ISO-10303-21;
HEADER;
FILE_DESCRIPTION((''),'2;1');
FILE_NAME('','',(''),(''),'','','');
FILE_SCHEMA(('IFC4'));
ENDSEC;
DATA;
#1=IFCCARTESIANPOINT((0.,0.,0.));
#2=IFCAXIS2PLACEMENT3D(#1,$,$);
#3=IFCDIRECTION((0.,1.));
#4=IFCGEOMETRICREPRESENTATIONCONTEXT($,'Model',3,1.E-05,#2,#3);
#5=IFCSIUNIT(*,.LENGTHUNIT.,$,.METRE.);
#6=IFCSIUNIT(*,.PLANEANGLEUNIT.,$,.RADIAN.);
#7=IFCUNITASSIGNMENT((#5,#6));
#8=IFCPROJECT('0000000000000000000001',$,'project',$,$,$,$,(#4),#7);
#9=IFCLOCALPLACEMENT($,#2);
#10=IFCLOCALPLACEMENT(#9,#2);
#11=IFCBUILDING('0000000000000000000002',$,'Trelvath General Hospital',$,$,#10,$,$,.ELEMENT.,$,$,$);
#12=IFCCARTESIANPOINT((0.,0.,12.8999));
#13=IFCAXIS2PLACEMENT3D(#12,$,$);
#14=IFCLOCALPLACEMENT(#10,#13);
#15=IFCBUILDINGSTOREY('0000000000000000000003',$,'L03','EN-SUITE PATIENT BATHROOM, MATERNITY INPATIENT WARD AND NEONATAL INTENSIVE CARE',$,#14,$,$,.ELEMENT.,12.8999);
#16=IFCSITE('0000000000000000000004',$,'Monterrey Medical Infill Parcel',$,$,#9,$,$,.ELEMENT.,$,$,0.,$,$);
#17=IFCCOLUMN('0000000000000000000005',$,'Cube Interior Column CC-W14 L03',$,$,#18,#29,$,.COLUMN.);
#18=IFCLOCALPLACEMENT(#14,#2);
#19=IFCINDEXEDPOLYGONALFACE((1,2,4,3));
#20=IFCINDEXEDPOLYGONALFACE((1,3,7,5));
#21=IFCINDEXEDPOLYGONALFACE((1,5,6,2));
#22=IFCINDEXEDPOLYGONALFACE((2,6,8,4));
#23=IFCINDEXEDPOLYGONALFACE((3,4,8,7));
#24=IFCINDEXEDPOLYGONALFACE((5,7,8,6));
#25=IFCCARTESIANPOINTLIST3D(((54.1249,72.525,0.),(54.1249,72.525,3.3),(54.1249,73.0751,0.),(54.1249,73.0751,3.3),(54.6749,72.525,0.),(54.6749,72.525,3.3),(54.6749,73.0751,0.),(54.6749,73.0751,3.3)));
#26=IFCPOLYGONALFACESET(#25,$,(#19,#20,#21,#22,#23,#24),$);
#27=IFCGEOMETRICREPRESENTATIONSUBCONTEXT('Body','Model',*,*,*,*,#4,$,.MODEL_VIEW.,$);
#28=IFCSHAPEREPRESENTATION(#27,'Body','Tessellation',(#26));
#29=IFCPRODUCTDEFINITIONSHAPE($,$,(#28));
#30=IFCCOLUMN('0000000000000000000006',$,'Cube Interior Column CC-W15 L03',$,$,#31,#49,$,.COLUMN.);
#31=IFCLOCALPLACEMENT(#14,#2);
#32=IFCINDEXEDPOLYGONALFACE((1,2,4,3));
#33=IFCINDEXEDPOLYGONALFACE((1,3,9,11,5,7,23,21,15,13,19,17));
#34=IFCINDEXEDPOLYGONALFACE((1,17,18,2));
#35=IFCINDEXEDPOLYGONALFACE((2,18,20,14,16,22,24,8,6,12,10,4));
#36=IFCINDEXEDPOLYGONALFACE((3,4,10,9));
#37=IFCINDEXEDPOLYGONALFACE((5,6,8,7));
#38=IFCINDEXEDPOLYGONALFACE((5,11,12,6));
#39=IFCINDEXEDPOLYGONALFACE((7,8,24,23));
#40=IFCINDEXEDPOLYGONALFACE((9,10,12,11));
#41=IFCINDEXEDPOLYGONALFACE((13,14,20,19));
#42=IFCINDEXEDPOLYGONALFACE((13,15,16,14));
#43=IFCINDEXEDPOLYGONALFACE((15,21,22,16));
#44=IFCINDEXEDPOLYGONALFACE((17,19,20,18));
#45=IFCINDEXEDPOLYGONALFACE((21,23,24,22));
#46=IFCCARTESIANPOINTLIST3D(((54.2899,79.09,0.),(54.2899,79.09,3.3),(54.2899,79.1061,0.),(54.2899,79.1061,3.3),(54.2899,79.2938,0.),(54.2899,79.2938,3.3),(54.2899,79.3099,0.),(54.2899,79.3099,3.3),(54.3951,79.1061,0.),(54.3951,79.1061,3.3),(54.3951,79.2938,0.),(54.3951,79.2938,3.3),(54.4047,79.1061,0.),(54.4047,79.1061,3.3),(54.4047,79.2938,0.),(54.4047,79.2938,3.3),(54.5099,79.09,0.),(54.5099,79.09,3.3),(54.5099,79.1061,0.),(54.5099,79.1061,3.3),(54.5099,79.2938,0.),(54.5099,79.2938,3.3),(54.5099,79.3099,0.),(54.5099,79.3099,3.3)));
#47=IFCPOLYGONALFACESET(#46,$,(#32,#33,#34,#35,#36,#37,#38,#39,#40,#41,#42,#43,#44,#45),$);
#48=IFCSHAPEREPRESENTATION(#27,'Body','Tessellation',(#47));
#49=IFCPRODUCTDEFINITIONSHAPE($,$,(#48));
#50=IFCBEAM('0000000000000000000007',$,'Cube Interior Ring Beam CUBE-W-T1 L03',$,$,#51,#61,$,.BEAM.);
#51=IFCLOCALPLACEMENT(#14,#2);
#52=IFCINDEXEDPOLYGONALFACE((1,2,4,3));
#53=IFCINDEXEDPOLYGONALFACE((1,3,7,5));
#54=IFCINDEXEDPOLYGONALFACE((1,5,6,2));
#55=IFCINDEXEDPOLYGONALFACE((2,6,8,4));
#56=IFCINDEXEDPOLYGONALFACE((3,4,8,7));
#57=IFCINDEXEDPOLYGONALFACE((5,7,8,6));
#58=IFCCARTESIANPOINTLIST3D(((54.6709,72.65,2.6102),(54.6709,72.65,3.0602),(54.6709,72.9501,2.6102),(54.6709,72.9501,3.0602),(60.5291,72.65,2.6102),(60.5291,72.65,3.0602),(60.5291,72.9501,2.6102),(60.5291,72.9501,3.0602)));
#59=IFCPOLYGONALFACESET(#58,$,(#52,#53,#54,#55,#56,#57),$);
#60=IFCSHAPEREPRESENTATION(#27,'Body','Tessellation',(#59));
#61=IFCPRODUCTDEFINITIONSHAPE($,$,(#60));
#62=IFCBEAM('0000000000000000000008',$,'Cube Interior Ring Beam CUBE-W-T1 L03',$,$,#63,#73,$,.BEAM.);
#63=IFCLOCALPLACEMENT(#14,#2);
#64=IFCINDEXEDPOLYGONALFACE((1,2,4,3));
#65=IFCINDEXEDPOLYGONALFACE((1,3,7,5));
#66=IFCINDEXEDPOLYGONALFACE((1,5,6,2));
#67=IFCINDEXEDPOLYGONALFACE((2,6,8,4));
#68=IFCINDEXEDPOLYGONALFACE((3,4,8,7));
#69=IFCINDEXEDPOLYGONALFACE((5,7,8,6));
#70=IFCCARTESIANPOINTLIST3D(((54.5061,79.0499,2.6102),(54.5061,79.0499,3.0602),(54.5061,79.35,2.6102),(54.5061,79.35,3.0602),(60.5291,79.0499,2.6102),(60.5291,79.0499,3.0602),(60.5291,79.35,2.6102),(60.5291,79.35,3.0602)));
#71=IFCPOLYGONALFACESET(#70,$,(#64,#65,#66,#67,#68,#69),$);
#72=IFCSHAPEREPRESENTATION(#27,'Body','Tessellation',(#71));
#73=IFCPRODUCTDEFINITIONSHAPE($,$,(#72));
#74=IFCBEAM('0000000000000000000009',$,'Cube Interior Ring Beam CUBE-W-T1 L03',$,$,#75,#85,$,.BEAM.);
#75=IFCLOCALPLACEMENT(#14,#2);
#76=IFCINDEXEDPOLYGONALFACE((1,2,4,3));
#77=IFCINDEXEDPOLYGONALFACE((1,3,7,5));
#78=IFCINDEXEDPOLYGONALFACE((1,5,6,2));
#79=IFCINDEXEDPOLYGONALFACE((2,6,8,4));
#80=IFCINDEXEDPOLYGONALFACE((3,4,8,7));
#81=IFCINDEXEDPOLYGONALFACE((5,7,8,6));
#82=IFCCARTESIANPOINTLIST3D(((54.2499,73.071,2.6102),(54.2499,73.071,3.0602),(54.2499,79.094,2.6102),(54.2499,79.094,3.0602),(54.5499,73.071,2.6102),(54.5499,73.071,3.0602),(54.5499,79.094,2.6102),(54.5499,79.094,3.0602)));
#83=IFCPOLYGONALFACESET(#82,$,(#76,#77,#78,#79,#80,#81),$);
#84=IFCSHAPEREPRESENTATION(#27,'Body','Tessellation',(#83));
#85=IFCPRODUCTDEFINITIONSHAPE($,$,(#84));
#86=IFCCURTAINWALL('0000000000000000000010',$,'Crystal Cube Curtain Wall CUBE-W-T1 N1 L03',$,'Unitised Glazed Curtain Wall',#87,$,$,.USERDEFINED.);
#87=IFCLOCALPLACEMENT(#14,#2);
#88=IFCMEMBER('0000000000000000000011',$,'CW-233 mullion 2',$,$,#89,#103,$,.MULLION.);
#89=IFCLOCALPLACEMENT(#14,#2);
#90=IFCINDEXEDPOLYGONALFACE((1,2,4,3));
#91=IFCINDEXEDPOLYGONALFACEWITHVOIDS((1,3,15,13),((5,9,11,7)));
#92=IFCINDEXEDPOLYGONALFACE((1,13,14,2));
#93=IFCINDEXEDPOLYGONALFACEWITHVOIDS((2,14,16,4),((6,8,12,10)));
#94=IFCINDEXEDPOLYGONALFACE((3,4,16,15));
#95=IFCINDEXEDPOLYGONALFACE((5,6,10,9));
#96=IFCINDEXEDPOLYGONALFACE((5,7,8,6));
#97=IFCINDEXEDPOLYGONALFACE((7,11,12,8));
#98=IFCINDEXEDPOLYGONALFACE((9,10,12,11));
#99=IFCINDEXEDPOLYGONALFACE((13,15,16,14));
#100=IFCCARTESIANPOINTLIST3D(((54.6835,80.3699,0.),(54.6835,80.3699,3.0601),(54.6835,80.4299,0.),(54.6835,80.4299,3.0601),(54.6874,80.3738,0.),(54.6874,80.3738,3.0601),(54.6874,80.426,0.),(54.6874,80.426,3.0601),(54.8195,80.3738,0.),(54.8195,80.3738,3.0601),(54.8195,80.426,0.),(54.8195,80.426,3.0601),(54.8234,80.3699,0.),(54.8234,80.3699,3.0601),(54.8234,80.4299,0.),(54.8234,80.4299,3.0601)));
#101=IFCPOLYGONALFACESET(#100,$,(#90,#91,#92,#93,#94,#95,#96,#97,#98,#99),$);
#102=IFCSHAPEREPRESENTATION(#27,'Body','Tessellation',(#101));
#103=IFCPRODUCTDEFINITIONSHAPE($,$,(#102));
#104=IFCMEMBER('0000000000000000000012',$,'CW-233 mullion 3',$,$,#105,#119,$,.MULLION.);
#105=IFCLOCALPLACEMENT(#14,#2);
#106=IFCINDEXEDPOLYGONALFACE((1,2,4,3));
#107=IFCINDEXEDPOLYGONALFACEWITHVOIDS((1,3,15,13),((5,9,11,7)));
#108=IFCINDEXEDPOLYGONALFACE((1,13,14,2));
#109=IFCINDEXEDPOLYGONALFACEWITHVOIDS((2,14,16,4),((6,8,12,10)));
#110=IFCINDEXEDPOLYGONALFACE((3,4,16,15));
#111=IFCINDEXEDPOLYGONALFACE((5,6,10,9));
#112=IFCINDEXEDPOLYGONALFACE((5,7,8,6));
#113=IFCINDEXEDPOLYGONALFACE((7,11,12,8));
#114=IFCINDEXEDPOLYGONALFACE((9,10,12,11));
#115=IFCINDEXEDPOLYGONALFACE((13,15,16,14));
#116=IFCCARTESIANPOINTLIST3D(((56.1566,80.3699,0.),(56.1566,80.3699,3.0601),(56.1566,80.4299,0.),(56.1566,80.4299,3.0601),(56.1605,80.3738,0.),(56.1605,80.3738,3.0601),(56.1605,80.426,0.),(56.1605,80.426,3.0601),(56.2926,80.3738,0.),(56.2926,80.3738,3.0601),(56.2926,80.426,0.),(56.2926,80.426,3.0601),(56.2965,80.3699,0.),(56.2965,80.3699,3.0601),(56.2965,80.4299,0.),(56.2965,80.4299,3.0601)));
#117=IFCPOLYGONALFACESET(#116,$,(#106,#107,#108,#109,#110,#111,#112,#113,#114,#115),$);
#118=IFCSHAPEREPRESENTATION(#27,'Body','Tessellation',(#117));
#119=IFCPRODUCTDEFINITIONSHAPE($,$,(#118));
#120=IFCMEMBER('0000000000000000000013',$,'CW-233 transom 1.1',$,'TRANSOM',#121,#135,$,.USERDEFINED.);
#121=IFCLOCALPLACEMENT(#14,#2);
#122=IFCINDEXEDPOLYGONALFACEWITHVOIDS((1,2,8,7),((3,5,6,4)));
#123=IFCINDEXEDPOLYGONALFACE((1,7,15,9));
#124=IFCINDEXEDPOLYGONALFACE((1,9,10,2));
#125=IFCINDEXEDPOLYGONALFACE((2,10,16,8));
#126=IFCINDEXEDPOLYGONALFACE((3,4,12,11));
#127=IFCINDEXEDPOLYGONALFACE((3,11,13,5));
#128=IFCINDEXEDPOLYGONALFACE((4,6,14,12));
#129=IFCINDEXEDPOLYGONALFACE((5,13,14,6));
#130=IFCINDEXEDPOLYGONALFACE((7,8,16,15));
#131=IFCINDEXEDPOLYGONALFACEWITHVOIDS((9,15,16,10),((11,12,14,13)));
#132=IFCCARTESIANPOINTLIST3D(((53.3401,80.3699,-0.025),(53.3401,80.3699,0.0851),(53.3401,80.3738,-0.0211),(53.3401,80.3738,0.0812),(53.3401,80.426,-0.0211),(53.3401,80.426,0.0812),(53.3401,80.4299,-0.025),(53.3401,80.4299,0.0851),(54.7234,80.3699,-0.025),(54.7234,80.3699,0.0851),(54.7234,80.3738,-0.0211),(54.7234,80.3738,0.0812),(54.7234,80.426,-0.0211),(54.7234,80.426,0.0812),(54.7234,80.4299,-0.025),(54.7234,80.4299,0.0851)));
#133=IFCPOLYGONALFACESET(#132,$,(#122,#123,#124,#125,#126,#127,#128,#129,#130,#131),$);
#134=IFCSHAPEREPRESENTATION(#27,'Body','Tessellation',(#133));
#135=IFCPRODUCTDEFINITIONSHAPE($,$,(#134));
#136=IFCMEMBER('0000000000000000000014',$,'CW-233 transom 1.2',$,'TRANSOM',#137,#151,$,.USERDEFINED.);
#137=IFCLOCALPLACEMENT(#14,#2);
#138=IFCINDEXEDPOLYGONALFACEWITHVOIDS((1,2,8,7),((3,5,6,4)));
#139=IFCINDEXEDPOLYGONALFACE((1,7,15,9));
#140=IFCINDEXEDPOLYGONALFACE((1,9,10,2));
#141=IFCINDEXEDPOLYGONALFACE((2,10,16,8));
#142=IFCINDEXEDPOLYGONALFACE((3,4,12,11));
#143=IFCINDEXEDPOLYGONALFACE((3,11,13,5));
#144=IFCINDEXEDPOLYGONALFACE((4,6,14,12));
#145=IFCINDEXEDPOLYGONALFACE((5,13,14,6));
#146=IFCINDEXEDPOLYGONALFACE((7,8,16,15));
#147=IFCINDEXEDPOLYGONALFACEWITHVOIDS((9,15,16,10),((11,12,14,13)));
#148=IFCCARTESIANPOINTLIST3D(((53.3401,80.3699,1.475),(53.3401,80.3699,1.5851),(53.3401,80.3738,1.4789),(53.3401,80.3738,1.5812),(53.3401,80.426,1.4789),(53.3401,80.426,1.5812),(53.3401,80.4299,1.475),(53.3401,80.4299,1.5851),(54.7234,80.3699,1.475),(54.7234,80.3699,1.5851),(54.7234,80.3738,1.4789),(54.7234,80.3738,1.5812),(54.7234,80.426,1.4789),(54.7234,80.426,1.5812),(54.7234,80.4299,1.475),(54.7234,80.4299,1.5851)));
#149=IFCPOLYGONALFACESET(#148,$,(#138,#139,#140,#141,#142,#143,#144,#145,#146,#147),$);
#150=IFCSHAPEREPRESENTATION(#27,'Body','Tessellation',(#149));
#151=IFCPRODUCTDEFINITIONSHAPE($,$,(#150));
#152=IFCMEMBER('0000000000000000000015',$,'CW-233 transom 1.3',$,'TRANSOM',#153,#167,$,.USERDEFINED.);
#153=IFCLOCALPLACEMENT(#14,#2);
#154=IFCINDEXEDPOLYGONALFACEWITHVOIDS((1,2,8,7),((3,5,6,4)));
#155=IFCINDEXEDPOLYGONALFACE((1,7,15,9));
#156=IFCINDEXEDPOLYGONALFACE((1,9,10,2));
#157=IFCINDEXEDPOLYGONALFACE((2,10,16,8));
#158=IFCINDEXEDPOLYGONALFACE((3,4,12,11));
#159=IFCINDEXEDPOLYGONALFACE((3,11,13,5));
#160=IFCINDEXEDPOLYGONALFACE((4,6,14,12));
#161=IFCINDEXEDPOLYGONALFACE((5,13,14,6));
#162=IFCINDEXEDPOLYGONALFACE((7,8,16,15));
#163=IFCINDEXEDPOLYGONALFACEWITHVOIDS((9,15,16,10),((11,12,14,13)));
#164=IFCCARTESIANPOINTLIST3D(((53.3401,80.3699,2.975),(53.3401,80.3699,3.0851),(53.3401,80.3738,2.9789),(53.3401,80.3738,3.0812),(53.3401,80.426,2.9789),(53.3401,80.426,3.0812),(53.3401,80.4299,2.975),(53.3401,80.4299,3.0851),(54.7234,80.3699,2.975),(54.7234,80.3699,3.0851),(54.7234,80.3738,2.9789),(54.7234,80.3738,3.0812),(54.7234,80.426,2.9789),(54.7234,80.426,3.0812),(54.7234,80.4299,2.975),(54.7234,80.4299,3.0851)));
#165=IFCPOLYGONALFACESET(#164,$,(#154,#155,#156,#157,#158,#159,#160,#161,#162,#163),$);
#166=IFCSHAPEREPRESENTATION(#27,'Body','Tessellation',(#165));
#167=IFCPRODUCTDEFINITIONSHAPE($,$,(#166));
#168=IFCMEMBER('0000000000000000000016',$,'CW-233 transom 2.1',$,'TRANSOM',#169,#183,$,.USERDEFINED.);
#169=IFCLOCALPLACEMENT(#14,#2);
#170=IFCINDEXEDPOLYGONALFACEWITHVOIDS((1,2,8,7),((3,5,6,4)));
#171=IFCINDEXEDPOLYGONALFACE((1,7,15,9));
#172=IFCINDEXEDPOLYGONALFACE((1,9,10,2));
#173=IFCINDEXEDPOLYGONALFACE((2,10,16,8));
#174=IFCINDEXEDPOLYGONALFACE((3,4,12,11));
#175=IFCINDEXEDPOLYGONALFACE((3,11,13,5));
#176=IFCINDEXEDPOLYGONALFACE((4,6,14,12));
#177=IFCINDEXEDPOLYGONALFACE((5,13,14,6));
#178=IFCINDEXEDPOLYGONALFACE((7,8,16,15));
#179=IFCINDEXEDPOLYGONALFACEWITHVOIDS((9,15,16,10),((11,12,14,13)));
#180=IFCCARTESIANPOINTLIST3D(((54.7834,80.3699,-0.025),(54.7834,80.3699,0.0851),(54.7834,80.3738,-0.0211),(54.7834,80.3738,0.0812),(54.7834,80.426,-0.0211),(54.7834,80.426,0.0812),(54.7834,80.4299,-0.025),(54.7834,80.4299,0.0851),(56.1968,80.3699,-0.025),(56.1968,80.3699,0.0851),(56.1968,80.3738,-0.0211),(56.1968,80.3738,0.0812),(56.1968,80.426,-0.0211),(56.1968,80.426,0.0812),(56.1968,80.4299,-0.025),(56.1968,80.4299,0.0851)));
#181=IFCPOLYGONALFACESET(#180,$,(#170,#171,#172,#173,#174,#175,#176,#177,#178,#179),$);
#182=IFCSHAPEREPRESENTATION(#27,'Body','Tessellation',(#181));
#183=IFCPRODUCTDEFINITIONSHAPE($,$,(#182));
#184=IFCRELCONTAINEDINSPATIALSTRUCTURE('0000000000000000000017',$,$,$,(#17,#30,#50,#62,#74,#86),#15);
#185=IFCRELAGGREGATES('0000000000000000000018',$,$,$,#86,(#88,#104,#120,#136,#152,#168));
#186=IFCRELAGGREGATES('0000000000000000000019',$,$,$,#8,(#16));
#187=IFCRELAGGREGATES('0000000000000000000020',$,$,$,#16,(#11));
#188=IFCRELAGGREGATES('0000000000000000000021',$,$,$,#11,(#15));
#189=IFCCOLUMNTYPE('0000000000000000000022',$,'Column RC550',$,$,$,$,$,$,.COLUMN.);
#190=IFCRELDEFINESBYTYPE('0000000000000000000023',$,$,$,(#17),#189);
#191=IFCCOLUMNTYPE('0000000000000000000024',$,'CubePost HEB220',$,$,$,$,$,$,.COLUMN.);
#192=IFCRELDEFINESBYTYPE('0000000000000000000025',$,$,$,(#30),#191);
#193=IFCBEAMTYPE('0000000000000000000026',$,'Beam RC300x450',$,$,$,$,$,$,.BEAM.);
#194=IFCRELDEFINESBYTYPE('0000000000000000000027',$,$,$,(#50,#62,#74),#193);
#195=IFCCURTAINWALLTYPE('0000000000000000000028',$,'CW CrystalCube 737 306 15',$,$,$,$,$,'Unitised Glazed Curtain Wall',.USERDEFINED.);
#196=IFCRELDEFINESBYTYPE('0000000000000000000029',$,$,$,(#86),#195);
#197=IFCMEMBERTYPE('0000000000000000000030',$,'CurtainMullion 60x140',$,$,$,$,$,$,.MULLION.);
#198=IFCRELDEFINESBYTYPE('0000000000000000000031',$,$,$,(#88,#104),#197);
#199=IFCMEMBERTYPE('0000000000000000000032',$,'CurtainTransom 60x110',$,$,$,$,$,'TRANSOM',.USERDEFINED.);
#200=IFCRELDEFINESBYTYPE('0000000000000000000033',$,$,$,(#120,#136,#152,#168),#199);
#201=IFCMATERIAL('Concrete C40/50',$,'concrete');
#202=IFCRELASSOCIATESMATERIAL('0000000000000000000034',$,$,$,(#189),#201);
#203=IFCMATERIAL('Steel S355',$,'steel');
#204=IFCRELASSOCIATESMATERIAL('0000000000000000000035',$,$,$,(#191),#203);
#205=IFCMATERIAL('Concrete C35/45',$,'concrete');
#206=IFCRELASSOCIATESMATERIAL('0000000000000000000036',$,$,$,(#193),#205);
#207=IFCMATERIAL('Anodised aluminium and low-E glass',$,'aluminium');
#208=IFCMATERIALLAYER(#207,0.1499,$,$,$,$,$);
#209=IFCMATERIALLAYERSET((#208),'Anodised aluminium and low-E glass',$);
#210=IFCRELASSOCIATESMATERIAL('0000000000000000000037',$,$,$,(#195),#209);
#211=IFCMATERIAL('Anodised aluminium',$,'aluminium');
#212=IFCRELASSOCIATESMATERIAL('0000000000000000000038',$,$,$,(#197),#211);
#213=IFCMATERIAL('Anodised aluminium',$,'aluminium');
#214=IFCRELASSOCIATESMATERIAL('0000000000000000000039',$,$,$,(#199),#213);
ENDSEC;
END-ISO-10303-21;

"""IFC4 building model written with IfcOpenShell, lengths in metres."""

from ifc_helpers import new_model, si_unit, direction, frame, origin, origin_2d, place, context, subcontext, project, spatial, rectangle, hollow_rectangle, i_section, extrude, material, layer, layer_set, material_profile, profile_set, type_object, element, aggregate, save


model = new_model("IFC4")

# Units and contexts
model_context = context("Model", 3, precision=1e-05, world=origin(), true_north=direction((0.0, 1.0)))
body_context = subcontext(model_context, "Body", "Model", "MODEL_VIEW")
ifc_project = project(units=[si_unit("LENGTHUNIT", "METRE"), si_unit("PLANEANGLEUNIT", "RADIAN")], contexts=[model_context])

# Site, building, storey
site_placement = place(None, origin())
site = spatial("IfcSite", under=ifc_project, at=site_placement, Name="Monterrey Medical Infill Parcel", CompositionType="ELEMENT", RefElevation=0.0)
building_placement = place(site_placement, origin())
building = spatial("IfcBuilding", under=site, at=building_placement, Name="Trelvath General Hospital", CompositionType="ELEMENT")
storey_placement = place(building_placement, frame((0.0, 0.0, 12.8999)))
storey = spatial("IfcBuildingStorey", under=building, at=storey_placement, Name="L03", Description="EN-SUITE PATIENT BATHROOM, MATERNITY INPATIENT WARD AND NEONATAL INTENSIVE CARE", CompositionType="ELEMENT", Elevation=12.8999)

# Columns
ifc_material_1 = material(Name="Concrete C40/50", Category="concrete")
ifc_material_profile_1 = material_profile(ifc_material_1, rectangle(XDim=0.55, YDim=0.55, at=origin_2d()), Name="RC550x550")
ifc_profile_set_1 = profile_set([ifc_material_profile_1], Name="Concrete C40/50")
column_type_1 = type_object("IfcColumnType", Name="Column RC550", PredefinedType="COLUMN", material=ifc_profile_set_1)
column_1_placement = place(storey_placement, frame((54.3999, 72.8, 0.0), z_axis=(0.0, 0.0, 1.0), x_axis=(1.0, 0.0, 0.0)))
element("IfcColumn", 1, at=column_1_placement, inside=storey, type_object=column_type_1, Name="Cube Interior Column CC-W14 L03", PredefinedType="COLUMN", context=body_context, shape_type="SweptSolid", body=[
    extrude(rectangle(XDim=0.55, YDim=0.55, at=origin_2d()), origin(), (0.0, 0.0, 1.0), 3.3),
])
ifc_material_2 = material(Name="Steel S355", Category="steel")
ifc_material_profile_2 = material_profile(ifc_material_2, i_section(OverallWidth=0.22, OverallDepth=0.22, WebThickness=0.0095, FlangeThickness=0.0161, at=origin_2d()), Name="HEB220")
ifc_profile_set_2 = profile_set([ifc_material_profile_2], Name="Steel S355")
column_type_2 = type_object("IfcColumnType", Name="CubePost HEB220", PredefinedType="COLUMN", material=ifc_profile_set_2)
column_2_placement = place(storey_placement, frame((54.3999, 79.2, 0.0), z_axis=(0.0, 0.0, 1.0), x_axis=(1.0, 0.0, 0.0)))
element("IfcColumn", 2, at=column_2_placement, inside=storey, type_object=column_type_2, Name="Cube Interior Column CC-W15 L03", PredefinedType="COLUMN", context=body_context, shape_type="SweptSolid", body=[
    extrude(i_section(OverallWidth=0.22, OverallDepth=0.22, WebThickness=0.0095, FlangeThickness=0.0161, at=origin_2d()), origin(), (0.0, 0.0, 1.0), 3.3),
])

# Beams
ifc_material_3 = material(Name="Concrete C35/45", Category="concrete")
ifc_material_profile_3 = material_profile(ifc_material_3, rectangle(XDim=0.3, YDim=0.45, at=origin_2d()), Name="RCB300x450")
ifc_profile_set_3 = profile_set([ifc_material_profile_3], Name="Concrete C35/45")
beam_type = type_object("IfcBeamType", Name="Beam RC300x450", PredefinedType="BEAM", material=ifc_profile_set_3)
beam_placement = place(storey_placement, frame((54.6709, 72.8, 2.8352), z_axis=(1.0, 0.0, 0.0), x_axis=(0.0, 1.0, 0.0)))
element("IfcBeam", 3, at=beam_placement, inside=storey, type_object=beam_type, Name="Cube Interior Ring Beam CUBE-W-T1 L03", PredefinedType="BEAM", context=body_context, shape_type="SweptSolid", body=[
    extrude(rectangle(XDim=0.3, YDim=0.45, at=origin_2d()), origin(), (0.0, 0.0, 1.0), 5.8582),
])
for number, where, z_axis, x_axis, name in (
    (4, (54.5061, 79.2, 2.8352), (1.0, 0.0, 0.0), (0.0, 1.0, 0.0), "Cube Interior Ring Beam CUBE-W-T1 L03"),
    (5, (54.3999, 73.071, 2.8352), (0.0, 1.0, 0.0), (-1.0, 0.0, 0.0), "Cube Interior Ring Beam CUBE-W-T1 L03"),
):
    element("IfcBeam", number, at=place(storey_placement, frame(where, z_axis=z_axis, x_axis=x_axis)), inside=storey, type_object=beam_type, Name=name, PredefinedType="BEAM", context=body_context, shape_type="SweptSolid", body=[
        extrude(rectangle(XDim=0.3, YDim=0.45, at=origin_2d()), origin(), (0.0, 0.0, 1.0), 6.0229),
    ])

# Curtain wall, members
ifc_material_4 = material(Name="Anodised aluminium and low-E glass", Category="aluminium")
ifc_layer_1 = layer(ifc_material_4, 0.1499)
ifc_layer_set_1 = layer_set([ifc_layer_1], Name="Anodised aluminium and low-E glass")
curtain_wall_type = type_object("IfcCurtainWallType", Name="CW CrystalCube 737 306 15", ElementType="Unitised Glazed Curtain Wall", PredefinedType="USERDEFINED", material=ifc_layer_set_1)
curtain_wall_placement = place(storey_placement, origin())
curtain_wall = element("IfcCurtainWall", 6, at=curtain_wall_placement, inside=storey, type_object=curtain_wall_type, Name="Crystal Cube Curtain Wall CUBE-W-T1 N1 L03", ObjectType="Unitised Glazed Curtain Wall", PredefinedType="USERDEFINED")
ifc_material_5 = material(Name="Anodised aluminium", Category="aluminium")
ifc_material_profile_4 = material_profile(ifc_material_5, hollow_rectangle(XDim=0.0601, YDim=0.1399, WallThickness=0.0039, at=origin_2d()), Name="RHS60x140x4")
ifc_profile_set_4 = profile_set([ifc_material_profile_4], Name="Anodised aluminium")
member_type_1 = type_object("IfcMemberType", Name="CurtainMullion 60x140", PredefinedType="MULLION", material=ifc_profile_set_4)
member_1_placement = place(storey_placement, frame((54.7534, 80.3999, 0.0), z_axis=(0.0, 0.0, 1.0), x_axis=(0.0, 1.0, 0.0)))
member_1 = element("IfcMember", 7, at=member_1_placement, type_object=member_type_1, Name="CW-233 mullion 2", PredefinedType="MULLION", context=body_context, shape_type="SweptSolid", body=[
    extrude(hollow_rectangle(XDim=0.0601, YDim=0.1399, WallThickness=0.0039, at=origin_2d()), origin(), (0.0, 0.0, 1.0), 3.0601),
])
member_2_placement = place(storey_placement, frame((56.2266, 80.3999, 0.0), z_axis=(0.0, 0.0, 1.0), x_axis=(0.0, 1.0, 0.0)))
member_2 = element("IfcMember", 8, at=member_2_placement, type_object=member_type_1, Name="CW-233 mullion 3", PredefinedType="MULLION", context=body_context, shape_type="SweptSolid", body=[
    extrude(hollow_rectangle(XDim=0.0601, YDim=0.1399, WallThickness=0.0039, at=origin_2d()), origin(), (0.0, 0.0, 1.0), 3.0601),
])
ifc_material_6 = material(Name="Anodised aluminium", Category="aluminium")
ifc_material_profile_5 = material_profile(ifc_material_6, hollow_rectangle(XDim=0.0601, YDim=0.1101, WallThickness=0.0039, at=origin_2d()), Name="RHS60x110x4")
ifc_profile_set_5 = profile_set([ifc_material_profile_5], Name="Anodised aluminium")
member_type_2 = type_object("IfcMemberType", Name="CurtainTransom 60x110", ElementType="TRANSOM", PredefinedType="USERDEFINED", material=ifc_profile_set_5)
member_3_placement = place(storey_placement, frame((53.3401, 80.3999, 0.03), z_axis=(1.0, 0.0, 0.0), x_axis=(0.0, 1.0, 0.0)))
member_3 = element("IfcMember", 9, at=member_3_placement, type_object=member_type_2, Name="CW-233 transom 1.1", ObjectType="TRANSOM", PredefinedType="USERDEFINED", context=body_context, shape_type="SweptSolid", body=[
    extrude(hollow_rectangle(XDim=0.0601, YDim=0.1101, WallThickness=0.0039, at=origin_2d()), origin(), (0.0, 0.0, 1.0), 1.3833),
])
member_4_placement = place(storey_placement, frame((53.3401, 80.3999, 1.53), z_axis=(1.0, 0.0, 0.0), x_axis=(0.0, 1.0, 0.0)))
member_4 = element("IfcMember", 10, at=member_4_placement, type_object=member_type_2, Name="CW-233 transom 1.2", ObjectType="TRANSOM", PredefinedType="USERDEFINED", context=body_context, shape_type="SweptSolid", body=[
    extrude(hollow_rectangle(XDim=0.0601, YDim=0.1101, WallThickness=0.0039, at=origin_2d()), origin(), (0.0, 0.0, 1.0), 1.3833),
])
member_5_placement = place(storey_placement, frame((53.3401, 80.3999, 3.03), z_axis=(1.0, 0.0, 0.0), x_axis=(0.0, 1.0, 0.0)))
member_5 = element("IfcMember", 11, at=member_5_placement, type_object=member_type_2, Name="CW-233 transom 1.3", ObjectType="TRANSOM", PredefinedType="USERDEFINED", context=body_context, shape_type="SweptSolid", body=[
    extrude(hollow_rectangle(XDim=0.0601, YDim=0.1101, WallThickness=0.0039, at=origin_2d()), origin(), (0.0, 0.0, 1.0), 1.3833),
])
member_6_placement = place(storey_placement, frame((54.7834, 80.3999, 0.03), z_axis=(1.0, 0.0, 0.0), x_axis=(0.0, 1.0, 0.0)))
member_6 = element("IfcMember", 12, at=member_6_placement, type_object=member_type_2, Name="CW-233 transom 2.1", ObjectType="TRANSOM", PredefinedType="USERDEFINED", context=body_context, shape_type="SweptSolid", body=[
    extrude(hollow_rectangle(XDim=0.0601, YDim=0.1101, WallThickness=0.0039, at=origin_2d()), origin(), (0.0, 0.0, 1.0), 1.4133),
])
aggregate(curtain_wall, [member_1, member_2, member_3, member_4, member_5, member_6])

save(model, "model.ifc")
